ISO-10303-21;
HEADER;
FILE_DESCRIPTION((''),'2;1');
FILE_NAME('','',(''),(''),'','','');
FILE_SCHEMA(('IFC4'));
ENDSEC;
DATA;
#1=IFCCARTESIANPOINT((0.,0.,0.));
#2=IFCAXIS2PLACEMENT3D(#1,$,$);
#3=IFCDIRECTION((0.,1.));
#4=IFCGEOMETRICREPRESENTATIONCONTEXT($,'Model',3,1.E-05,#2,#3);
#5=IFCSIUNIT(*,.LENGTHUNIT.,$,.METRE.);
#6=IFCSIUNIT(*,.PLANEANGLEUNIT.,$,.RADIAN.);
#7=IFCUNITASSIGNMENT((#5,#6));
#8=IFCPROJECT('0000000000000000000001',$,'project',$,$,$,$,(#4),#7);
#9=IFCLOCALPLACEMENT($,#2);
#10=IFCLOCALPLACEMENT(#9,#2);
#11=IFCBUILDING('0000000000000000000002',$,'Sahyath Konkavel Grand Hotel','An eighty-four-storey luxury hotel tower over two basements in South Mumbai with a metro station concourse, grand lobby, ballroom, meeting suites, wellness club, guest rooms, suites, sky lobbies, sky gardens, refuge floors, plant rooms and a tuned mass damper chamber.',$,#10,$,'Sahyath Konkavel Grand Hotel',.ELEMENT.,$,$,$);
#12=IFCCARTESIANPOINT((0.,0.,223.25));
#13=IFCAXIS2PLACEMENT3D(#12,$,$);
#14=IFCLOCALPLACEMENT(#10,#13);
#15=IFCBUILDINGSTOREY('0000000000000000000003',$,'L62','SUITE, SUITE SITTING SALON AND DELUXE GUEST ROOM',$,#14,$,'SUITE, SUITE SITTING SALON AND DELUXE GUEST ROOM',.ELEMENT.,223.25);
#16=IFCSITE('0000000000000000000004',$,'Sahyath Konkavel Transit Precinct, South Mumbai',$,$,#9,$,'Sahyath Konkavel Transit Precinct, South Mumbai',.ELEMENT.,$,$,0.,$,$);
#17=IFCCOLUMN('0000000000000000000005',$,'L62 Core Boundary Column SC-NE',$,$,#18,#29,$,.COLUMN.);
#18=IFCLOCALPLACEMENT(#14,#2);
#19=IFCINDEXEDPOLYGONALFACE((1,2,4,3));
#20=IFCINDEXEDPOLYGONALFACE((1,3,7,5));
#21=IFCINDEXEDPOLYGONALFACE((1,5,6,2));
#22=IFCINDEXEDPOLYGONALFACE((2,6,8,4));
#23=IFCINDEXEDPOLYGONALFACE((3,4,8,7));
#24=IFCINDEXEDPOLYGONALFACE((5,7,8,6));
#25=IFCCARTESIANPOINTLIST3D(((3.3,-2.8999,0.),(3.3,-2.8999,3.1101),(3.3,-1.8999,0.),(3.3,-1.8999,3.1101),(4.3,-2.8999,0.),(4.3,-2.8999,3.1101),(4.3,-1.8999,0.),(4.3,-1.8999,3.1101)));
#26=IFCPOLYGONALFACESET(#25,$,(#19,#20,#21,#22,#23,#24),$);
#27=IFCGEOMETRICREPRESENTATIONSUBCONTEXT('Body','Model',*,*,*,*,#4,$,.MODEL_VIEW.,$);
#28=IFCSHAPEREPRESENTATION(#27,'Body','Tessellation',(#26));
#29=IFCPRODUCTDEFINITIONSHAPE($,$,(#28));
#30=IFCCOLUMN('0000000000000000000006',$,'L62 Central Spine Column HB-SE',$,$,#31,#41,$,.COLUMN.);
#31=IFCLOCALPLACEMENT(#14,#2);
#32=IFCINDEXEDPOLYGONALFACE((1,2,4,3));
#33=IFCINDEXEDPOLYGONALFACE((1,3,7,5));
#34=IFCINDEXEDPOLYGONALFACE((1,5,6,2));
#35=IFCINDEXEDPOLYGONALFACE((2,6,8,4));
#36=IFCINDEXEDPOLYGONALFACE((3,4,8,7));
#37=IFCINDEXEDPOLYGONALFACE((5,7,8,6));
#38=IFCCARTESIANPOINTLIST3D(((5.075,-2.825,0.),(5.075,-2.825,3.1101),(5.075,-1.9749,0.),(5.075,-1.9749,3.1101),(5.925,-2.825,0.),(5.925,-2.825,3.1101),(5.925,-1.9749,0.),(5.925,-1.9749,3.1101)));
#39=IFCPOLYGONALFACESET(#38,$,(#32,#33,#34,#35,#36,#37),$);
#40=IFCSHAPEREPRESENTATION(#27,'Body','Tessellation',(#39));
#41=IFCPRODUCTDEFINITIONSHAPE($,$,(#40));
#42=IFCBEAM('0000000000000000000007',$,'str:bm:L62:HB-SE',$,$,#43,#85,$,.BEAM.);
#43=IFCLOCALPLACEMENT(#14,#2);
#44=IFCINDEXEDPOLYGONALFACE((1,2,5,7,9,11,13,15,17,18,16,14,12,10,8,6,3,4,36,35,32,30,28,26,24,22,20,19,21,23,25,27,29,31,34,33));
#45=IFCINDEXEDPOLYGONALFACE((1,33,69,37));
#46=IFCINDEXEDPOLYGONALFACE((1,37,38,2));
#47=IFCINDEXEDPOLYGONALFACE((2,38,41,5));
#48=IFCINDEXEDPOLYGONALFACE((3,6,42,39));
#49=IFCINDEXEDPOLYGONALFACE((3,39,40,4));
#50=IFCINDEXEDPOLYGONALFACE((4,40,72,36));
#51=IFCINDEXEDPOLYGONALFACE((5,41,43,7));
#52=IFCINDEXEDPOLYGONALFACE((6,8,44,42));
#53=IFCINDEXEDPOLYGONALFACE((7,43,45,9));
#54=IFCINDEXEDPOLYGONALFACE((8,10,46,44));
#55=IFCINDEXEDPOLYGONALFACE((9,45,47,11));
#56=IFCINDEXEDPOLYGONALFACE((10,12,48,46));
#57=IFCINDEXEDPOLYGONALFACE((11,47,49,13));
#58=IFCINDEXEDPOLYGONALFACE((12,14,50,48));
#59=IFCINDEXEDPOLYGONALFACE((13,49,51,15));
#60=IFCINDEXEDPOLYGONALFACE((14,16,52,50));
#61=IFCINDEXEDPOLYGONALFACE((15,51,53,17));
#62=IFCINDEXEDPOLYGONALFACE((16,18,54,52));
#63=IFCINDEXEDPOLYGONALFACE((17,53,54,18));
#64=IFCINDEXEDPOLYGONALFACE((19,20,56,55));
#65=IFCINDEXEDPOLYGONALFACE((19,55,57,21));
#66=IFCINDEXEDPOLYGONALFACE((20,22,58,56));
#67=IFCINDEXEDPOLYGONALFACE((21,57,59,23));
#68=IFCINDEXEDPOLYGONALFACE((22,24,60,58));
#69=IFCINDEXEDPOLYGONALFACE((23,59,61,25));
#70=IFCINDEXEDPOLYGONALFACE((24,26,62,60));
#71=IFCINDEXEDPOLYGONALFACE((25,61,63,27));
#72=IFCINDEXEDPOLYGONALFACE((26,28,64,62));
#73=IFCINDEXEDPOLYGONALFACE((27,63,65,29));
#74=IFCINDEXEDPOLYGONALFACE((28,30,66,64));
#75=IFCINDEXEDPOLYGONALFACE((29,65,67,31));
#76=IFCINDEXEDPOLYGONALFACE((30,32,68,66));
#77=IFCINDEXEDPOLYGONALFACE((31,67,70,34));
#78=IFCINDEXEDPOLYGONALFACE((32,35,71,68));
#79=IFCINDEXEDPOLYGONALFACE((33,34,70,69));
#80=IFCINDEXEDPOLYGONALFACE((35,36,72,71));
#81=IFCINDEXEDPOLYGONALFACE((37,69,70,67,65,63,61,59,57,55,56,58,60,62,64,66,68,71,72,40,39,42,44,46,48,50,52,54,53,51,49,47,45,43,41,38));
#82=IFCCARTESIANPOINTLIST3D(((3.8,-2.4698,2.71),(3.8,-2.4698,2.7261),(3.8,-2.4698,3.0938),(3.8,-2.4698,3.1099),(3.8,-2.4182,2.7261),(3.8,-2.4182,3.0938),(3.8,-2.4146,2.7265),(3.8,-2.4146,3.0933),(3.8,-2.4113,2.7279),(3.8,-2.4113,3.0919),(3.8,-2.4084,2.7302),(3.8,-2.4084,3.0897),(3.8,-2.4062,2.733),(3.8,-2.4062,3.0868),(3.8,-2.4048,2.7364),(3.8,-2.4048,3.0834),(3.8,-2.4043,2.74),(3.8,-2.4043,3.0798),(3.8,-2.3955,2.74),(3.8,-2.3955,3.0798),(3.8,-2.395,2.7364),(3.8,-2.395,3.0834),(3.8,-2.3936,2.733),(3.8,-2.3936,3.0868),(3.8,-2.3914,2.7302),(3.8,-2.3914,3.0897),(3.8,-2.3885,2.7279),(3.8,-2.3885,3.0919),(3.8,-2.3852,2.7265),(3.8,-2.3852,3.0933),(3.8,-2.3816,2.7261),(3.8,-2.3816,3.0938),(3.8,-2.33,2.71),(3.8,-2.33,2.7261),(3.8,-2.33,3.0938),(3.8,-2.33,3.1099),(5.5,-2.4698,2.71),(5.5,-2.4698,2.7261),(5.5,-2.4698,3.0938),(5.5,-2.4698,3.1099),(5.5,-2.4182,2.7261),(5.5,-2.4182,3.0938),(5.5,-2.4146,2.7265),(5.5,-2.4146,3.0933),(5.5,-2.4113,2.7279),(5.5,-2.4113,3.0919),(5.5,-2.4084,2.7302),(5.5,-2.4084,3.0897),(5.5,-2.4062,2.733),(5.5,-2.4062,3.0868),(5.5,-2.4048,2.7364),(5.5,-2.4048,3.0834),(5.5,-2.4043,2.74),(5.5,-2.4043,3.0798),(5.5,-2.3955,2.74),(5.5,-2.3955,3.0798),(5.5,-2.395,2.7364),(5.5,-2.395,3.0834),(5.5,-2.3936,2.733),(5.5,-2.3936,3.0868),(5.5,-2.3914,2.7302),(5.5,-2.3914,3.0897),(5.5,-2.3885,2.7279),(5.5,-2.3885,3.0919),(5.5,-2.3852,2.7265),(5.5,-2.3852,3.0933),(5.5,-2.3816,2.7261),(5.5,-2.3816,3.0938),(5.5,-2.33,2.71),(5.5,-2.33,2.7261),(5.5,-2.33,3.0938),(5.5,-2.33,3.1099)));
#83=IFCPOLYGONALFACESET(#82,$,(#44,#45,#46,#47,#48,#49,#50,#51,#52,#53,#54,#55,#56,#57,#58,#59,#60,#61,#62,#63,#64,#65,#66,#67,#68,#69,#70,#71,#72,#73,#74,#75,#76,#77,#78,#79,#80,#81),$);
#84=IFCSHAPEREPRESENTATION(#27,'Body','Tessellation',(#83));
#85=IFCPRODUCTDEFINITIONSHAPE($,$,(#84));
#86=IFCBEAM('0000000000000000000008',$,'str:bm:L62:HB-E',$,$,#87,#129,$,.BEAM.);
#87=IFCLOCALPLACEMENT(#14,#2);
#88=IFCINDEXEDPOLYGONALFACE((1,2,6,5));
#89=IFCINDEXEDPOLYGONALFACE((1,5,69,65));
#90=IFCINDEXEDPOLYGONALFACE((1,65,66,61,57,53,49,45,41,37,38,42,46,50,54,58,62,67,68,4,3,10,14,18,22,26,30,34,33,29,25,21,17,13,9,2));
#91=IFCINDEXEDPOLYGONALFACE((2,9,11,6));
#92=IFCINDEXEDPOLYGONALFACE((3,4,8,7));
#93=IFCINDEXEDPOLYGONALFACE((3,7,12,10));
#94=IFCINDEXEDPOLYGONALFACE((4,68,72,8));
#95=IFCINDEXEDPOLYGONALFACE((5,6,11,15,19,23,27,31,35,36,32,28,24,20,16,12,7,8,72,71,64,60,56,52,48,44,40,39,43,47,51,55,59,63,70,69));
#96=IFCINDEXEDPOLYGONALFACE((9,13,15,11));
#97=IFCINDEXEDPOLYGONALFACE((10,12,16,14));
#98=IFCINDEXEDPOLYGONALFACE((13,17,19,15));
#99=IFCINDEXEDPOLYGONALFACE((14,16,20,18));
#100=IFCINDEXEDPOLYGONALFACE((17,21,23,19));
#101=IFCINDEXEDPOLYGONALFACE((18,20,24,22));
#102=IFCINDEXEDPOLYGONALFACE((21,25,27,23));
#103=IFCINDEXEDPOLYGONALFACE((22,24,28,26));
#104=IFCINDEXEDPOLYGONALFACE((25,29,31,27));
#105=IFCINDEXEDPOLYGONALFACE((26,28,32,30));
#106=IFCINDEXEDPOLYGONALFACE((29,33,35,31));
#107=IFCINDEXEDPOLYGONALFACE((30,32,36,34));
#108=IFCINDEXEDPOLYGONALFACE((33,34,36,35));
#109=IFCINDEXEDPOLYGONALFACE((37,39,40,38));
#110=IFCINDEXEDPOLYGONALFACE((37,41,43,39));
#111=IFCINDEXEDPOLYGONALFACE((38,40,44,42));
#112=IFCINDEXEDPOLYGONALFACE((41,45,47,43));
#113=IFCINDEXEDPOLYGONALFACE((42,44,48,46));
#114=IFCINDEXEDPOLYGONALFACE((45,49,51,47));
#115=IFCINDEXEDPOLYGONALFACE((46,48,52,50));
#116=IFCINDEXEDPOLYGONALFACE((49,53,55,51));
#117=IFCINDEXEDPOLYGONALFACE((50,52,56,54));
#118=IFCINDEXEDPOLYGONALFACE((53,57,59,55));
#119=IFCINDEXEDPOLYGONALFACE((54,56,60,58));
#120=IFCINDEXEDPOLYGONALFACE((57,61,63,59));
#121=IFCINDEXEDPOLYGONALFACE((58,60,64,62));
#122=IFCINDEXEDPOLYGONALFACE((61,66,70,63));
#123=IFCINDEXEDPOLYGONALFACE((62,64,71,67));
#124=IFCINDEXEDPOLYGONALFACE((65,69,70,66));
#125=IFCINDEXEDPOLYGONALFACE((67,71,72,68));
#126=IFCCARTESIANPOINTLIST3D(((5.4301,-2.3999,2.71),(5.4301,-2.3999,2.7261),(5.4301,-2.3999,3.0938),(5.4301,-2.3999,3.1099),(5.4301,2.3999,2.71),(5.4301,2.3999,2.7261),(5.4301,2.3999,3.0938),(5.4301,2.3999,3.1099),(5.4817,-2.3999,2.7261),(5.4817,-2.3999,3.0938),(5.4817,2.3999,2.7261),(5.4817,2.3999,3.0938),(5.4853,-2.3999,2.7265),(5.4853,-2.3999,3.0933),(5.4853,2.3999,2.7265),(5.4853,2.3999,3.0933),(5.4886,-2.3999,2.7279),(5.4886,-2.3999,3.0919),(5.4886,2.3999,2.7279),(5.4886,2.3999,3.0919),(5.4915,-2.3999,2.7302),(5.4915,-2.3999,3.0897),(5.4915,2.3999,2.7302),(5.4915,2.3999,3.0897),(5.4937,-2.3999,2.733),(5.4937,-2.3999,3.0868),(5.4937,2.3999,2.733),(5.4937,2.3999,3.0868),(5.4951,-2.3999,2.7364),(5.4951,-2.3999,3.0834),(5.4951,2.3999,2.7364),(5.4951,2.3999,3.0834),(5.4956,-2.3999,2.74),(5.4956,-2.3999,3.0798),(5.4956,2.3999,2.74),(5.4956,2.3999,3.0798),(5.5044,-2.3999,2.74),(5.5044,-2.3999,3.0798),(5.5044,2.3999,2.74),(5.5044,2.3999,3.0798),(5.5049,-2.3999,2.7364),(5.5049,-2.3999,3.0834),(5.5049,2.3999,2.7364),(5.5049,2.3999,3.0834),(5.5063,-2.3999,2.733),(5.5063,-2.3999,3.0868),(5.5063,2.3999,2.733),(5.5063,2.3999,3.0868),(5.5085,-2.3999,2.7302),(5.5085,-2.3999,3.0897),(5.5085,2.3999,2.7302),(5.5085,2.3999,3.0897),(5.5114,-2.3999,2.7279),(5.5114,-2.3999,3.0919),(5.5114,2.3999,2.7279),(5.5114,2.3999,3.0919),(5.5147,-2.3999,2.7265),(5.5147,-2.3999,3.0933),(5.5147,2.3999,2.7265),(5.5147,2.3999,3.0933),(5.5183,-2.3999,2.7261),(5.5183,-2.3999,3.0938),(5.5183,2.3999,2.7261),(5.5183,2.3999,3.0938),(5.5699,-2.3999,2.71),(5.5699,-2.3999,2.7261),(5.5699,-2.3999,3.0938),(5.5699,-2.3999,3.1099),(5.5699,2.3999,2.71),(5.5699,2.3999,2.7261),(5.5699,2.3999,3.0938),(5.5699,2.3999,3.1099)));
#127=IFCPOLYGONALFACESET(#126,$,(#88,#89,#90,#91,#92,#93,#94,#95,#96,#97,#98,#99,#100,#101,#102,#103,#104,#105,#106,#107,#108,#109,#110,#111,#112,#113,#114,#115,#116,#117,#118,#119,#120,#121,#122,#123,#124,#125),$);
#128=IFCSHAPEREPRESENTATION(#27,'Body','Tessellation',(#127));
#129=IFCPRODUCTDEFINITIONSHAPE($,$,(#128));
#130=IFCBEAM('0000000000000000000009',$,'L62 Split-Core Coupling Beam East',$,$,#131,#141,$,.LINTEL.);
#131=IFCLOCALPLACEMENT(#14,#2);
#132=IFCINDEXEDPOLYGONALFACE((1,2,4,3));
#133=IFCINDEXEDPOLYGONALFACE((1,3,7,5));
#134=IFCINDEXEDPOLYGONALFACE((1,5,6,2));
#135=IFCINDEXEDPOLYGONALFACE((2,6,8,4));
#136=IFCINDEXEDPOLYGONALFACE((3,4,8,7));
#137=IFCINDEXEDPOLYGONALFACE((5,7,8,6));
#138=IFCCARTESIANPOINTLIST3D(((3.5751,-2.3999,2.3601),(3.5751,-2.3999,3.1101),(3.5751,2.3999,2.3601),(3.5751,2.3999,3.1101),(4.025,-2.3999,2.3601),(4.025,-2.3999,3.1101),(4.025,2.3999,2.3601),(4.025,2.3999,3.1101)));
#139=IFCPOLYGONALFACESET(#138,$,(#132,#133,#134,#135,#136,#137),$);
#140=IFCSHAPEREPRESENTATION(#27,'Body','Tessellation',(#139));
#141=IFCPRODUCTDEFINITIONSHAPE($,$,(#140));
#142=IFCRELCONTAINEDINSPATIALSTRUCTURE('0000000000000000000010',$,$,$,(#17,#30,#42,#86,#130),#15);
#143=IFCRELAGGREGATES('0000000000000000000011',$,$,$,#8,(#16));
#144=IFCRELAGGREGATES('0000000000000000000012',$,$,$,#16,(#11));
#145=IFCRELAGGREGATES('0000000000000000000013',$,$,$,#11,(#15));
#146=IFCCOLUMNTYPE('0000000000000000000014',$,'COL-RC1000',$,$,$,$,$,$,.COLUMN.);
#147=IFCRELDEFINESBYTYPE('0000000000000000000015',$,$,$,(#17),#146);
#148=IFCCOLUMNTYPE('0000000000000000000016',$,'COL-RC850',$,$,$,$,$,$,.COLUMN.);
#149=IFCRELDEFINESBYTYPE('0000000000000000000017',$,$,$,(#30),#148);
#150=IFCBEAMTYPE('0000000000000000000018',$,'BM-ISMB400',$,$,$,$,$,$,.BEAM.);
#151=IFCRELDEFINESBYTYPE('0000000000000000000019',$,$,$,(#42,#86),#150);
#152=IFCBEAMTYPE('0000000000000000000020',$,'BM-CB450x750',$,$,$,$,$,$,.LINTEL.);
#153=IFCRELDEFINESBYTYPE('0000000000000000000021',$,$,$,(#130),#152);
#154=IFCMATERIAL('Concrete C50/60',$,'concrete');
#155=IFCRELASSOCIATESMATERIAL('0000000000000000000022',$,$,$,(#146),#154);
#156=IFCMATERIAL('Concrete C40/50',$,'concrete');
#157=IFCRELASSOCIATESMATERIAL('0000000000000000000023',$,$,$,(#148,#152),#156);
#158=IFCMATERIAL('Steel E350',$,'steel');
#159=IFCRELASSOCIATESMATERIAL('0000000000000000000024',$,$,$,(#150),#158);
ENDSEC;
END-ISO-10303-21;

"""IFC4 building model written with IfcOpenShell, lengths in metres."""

from ifc_helpers import new_model, si_unit, direction, frame, origin, origin_2d, place, context, subcontext, project, spatial, rectangle, i_section, extrude, source, transform, mapped, material, material_profile, profile_set, type_object, element, save


model = new_model("IFC4")

# Units and contexts
model_context = context("Model", 3, precision=1e-05, world=origin(), true_north=direction((0.0, 1.0)))
body_context = subcontext(model_context, "Body", "Model", "MODEL_VIEW")
ifc_project = project(units=[si_unit("LENGTHUNIT", "METRE"), si_unit("PLANEANGLEUNIT", "RADIAN")], contexts=[model_context])

# Site, building, storey
site_placement = place(None, origin())
site = spatial("IfcSite", under=ifc_project, at=site_placement, Name="Sahyath Konkavel Transit Precinct, South Mumbai", LongName="Sahyath Konkavel Transit Precinct, South Mumbai", CompositionType="ELEMENT", RefElevation=0.0)
building_placement = place(site_placement, origin())
building = spatial("IfcBuilding", under=site, at=building_placement, Name="Sahyath Konkavel Grand Hotel", Description="An eighty-four-storey luxury hotel tower over two basements in South Mumbai with a metro station concourse, grand lobby, ballroom, meeting suites, wellness club, guest rooms, suites, sky lobbies, sky gardens, refuge floors, plant rooms and a tuned mass damper chamber.", LongName="Sahyath Konkavel Grand Hotel", CompositionType="ELEMENT")
storey_placement = place(building_placement, frame((0.0, 0.0, 223.25)))
storey = spatial("IfcBuildingStorey", under=building, at=storey_placement, Name="L62", Description="SUITE, SUITE SITTING SALON AND DELUXE GUEST ROOM", LongName="SUITE, SUITE SITTING SALON AND DELUXE GUEST ROOM", CompositionType="ELEMENT", Elevation=223.25)

# Columns
ifc_material_1 = material(Name="Concrete C50/60", Category="concrete")
ifc_material_profile_1 = material_profile(ifc_material_1, rectangle(XDim=1.0, YDim=1.0, at=origin_2d()), Name="RC 1000x1000")
ifc_profile_set_1 = profile_set([ifc_material_profile_1], Name="Concrete C50/60")
column_type_1 = type_object("IfcColumnType", Name="COL-RC1000", PredefinedType="COLUMN", material=ifc_profile_set_1)
shared_shape_1 = source(origin(), body_context, "Body", "SweptSolid", [
    extrude(rectangle(XDim=1.0, YDim=1.0, at=origin_2d()), origin(), (0.0, 0.0, 1.0), 3.1101),
])
column_1_placement = place(storey_placement, frame((3.8, -2.3999, 0.0), z_axis=(0.0, 0.0, 1.0), x_axis=(1.0, 0.0, 0.0)))
element("IfcColumn", 1, at=column_1_placement, inside=storey, type_object=column_type_1, Name="L62 Core Boundary Column SC-NE", PredefinedType="COLUMN", context=body_context, shape_type="MappedRepresentation", body=[
    mapped(shared_shape_1, transform((0.0, 0.0, 0.0), scale=1.0)),
])
ifc_material_2 = material(Name="Concrete C40/50", Category="concrete")
ifc_material_profile_2 = material_profile(ifc_material_2, rectangle(XDim=0.8501, YDim=0.8501, at=origin_2d()), Name="RC 850x850")
ifc_profile_set_2 = profile_set([ifc_material_profile_2], Name="Concrete C40/50")
column_type_2 = type_object("IfcColumnType", Name="COL-RC850", PredefinedType="COLUMN", material=ifc_profile_set_2)
shared_shape_2 = source(origin(), body_context, "Body", "SweptSolid", [
    extrude(rectangle(XDim=0.8501, YDim=0.8501, at=origin_2d()), origin(), (0.0, 0.0, 1.0), 3.1101),
])
column_2_placement = place(storey_placement, frame((5.5, -2.3999, 0.0), z_axis=(0.0, 0.0, 1.0), x_axis=(1.0, 0.0, 0.0)))
element("IfcColumn", 2, at=column_2_placement, inside=storey, type_object=column_type_2, Name="L62 Central Spine Column HB-SE", PredefinedType="COLUMN", context=body_context, shape_type="MappedRepresentation", body=[
    mapped(shared_shape_2, transform((0.0, 0.0, 0.0), scale=1.0)),
])

# Beams
ifc_material_3 = material(Name="Steel E350", Category="steel")
ifc_material_profile_3 = material_profile(ifc_material_3, i_section(OverallWidth=0.1399, OverallDepth=0.3999, WebThickness=0.0088, FlangeThickness=0.0161, FilletRadius=0.0139, at=origin_2d()), Name="ISMB 400")
ifc_profile_set_3 = profile_set([ifc_material_profile_3], Name="Steel E350")
beam_type_1 = type_object("IfcBeamType", Name="BM-ISMB400", PredefinedType="BEAM", material=ifc_profile_set_3)
shared_shape_3 = source(origin(), body_context, "Body", "SweptSolid", [
    extrude(i_section(OverallWidth=0.1399, OverallDepth=0.3999, WebThickness=0.0088, FlangeThickness=0.0161, FilletRadius=0.0139, at=origin_2d()), origin(), (0.0, 0.0, 1.0), 1.7),
])
beam_1_placement = place(storey_placement, frame((3.8, -2.3999, 2.9099), z_axis=(1.0, 0.0, 0.0), x_axis=(0.0, 1.0, 0.0)))
element("IfcBeam", 3, at=beam_1_placement, inside=storey, type_object=beam_type_1, Name="str:bm:L62:HB-SE", PredefinedType="BEAM", context=body_context, shape_type="MappedRepresentation", body=[
    mapped(shared_shape_3, transform((0.0, 0.0, 0.0), scale=1.0)),
])
shared_shape_4 = source(origin(), body_context, "Body", "SweptSolid", [
    extrude(i_section(OverallWidth=0.1399, OverallDepth=0.3999, WebThickness=0.0088, FlangeThickness=0.0161, FilletRadius=0.0139, at=origin_2d()), origin(), (0.0, 0.0, 1.0), 4.7998),
])
beam_2_placement = place(storey_placement, frame((5.5, -2.3999, 2.9099), z_axis=(0.0, 1.0, 0.0), x_axis=(-1.0, 0.0, 0.0)))
element("IfcBeam", 4, at=beam_2_placement, inside=storey, type_object=beam_type_1, Name="str:bm:L62:HB-E", PredefinedType="BEAM", context=body_context, shape_type="MappedRepresentation", body=[
    mapped(shared_shape_4, transform((0.0, 0.0, 0.0), scale=1.0)),
])
ifc_material_profile_4 = material_profile(ifc_material_2, rectangle(XDim=0.45, YDim=0.75, at=origin_2d()), Name="RC 450x750")
ifc_profile_set_4 = profile_set([ifc_material_profile_4], Name="Concrete C40/50")
beam_type_2 = type_object("IfcBeamType", Name="BM-CB450x750", PredefinedType="LINTEL", material=ifc_profile_set_4)
shared_shape_5 = source(origin(), body_context, "Body", "SweptSolid", [
    extrude(rectangle(XDim=0.45, YDim=0.75, at=origin_2d()), origin(), (0.0, 0.0, 1.0), 4.7998),
])
beam_3_placement = place(storey_placement, frame((3.8, -2.3999, 2.7351), z_axis=(0.0, 1.0, 0.0), x_axis=(-1.0, 0.0, 0.0)))
element("IfcBeam", 5, at=beam_3_placement, inside=storey, type_object=beam_type_2, Name="L62 Split-Core Coupling Beam East", PredefinedType="LINTEL", context=body_context, shape_type="MappedRepresentation", body=[
    mapped(shared_shape_5, transform((0.0, 0.0, 0.0), scale=1.0)),
])

save(model, "model.ifc")
